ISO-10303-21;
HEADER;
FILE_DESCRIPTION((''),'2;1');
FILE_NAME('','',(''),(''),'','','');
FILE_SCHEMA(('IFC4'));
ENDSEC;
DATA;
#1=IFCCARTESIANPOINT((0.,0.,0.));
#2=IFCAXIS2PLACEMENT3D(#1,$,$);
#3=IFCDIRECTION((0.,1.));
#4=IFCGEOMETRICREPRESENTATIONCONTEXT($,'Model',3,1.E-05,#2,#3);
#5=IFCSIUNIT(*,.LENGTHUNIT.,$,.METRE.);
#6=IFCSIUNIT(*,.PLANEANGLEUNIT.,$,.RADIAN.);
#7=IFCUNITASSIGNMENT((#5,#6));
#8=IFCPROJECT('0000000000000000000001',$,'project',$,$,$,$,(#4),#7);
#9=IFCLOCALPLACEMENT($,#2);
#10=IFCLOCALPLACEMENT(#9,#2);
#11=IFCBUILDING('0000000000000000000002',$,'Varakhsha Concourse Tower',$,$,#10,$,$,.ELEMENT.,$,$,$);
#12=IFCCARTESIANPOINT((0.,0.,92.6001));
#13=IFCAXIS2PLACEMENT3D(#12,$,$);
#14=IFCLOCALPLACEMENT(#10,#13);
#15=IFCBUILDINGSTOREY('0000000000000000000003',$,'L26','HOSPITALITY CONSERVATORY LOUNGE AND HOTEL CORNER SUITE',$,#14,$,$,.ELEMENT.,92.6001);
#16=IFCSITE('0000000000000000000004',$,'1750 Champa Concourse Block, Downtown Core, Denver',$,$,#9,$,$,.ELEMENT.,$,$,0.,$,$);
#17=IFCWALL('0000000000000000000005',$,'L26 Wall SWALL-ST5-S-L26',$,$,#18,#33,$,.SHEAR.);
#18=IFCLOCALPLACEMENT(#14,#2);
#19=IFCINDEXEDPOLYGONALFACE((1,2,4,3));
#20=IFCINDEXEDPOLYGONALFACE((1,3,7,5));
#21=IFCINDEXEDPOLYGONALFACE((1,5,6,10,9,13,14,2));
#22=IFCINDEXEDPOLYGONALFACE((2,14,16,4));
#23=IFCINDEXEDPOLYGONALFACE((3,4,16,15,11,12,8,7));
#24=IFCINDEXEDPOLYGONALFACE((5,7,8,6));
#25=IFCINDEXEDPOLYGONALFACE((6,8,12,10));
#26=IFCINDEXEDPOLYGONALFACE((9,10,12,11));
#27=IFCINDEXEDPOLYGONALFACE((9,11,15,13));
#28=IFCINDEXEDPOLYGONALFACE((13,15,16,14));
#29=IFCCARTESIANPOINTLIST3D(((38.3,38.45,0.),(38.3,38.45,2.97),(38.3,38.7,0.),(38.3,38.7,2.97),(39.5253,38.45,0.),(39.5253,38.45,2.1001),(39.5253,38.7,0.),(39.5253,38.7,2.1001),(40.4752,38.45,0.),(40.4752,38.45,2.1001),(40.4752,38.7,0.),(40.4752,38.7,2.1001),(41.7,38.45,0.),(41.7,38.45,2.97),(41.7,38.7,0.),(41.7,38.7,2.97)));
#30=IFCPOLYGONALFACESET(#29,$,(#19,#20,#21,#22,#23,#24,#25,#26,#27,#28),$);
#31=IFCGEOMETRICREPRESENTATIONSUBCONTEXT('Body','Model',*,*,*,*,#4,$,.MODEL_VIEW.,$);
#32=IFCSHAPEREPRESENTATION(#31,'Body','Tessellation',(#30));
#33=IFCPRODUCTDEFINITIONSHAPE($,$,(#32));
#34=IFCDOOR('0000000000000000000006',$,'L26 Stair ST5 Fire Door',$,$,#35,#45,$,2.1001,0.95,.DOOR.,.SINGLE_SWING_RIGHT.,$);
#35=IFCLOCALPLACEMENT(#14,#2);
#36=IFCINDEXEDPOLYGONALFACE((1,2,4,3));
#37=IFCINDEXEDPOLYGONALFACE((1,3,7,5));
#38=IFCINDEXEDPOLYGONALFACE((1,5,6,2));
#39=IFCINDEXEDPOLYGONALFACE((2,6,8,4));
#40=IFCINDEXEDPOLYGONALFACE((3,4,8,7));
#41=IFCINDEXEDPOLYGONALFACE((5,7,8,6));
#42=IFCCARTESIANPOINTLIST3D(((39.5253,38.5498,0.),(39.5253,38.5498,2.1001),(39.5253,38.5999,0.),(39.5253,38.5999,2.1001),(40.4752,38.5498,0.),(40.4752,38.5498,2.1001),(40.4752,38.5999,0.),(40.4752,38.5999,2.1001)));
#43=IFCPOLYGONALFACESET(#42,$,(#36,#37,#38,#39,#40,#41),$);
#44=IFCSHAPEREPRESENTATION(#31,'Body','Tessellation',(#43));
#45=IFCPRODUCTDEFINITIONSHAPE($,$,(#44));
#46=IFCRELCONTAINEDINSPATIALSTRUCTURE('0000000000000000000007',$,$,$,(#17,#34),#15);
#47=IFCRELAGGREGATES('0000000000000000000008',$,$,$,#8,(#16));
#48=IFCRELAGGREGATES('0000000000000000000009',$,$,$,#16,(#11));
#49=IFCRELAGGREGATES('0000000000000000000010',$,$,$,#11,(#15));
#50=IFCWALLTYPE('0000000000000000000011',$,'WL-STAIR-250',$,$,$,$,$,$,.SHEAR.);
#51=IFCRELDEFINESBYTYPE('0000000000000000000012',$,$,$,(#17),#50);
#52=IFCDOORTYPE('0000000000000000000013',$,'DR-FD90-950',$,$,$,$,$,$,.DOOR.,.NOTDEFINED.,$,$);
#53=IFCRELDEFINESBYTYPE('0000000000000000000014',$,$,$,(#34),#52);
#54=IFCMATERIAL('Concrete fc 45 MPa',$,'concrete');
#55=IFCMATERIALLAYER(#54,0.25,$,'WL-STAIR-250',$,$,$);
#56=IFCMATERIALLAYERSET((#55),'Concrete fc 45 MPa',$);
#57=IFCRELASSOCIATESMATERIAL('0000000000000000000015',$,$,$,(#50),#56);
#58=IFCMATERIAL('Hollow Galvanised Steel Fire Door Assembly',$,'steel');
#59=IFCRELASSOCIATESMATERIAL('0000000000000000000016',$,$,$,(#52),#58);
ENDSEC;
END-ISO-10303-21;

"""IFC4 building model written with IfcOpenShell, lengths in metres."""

from ifc_helpers import new_model, si_unit, direction, frame, frame_2d, origin, place, context, subcontext, project, spatial, rectangle, extrude, material, layer, layer_set, type_object, element, fill, save


model = new_model("IFC4")

# Units and contexts
model_context = context("Model", 3, precision=1e-05, world=origin(), true_north=direction((0.0, 1.0)))
body_context = subcontext(model_context, "Body", "Model", "MODEL_VIEW")
ifc_project = project(units=[si_unit("LENGTHUNIT", "METRE"), si_unit("PLANEANGLEUNIT", "RADIAN")], contexts=[model_context])

# Site, building, storey
site_placement = place(None, origin())
site = spatial("IfcSite", under=ifc_project, at=site_placement, Name="1750 Champa Concourse Block, Downtown Core, Denver", CompositionType="ELEMENT", RefElevation=0.0)
building_placement = place(site_placement, origin())
building = spatial("IfcBuilding", under=site, at=building_placement, Name="Varakhsha Concourse Tower", CompositionType="ELEMENT")
storey_placement = place(building_placement, frame((0.0, 0.0, 92.6001)))
storey = spatial("IfcBuildingStorey", under=building, at=storey_placement, Name="L26", Description="HOSPITALITY CONSERVATORY LOUNGE AND HOTEL CORNER SUITE", CompositionType="ELEMENT", Elevation=92.6001)

# Shared definitions
ifc_material_1 = material(Name="Hollow Galvanised Steel Fire Door Assembly", Category="steel")

# Shared definitions
ifc_material_2 = material(Name="Concrete fc 45 MPa", Category="concrete")
ifc_layer_1 = layer(ifc_material_2, 0.25, Name="WL-STAIR-250")
ifc_layer_set_1 = layer_set([ifc_layer_1], Name="Concrete fc 45 MPa")
wall_type_1 = type_object("IfcWallType", Name="WL-STAIR-250", PredefinedType="SHEAR", material=ifc_layer_set_1)

# Wall, opening, door
wall_1_placement = place(storey_placement, frame((38.3, 38.575, 0.0), z_axis=(0.0, 0.0, 1.0), x_axis=(1.0, 0.0, 0.0)))
wall_1 = element("IfcWall", 1, at=wall_1_placement, inside=storey, type_object=wall_type_1, Name="L26 Wall SWALL-ST5-S-L26", PredefinedType="SHEAR", context=body_context, shape_type="SweptSolid", body=[
    extrude(rectangle(XDim=3.3999, YDim=0.25, at=frame_2d((1.7, 0.0))), origin(), (0.0, 0.0, 1.0), 2.97),
])
opening_1_placement = place(wall_1_placement, frame((1.2251, 0.0, 0.0)))
opening_1 = element("IfcOpeningElement", 2, at=opening_1_placement, cuts=wall_1, PredefinedType="OPENING", context=body_context, shape_type="SweptSolid", body=[
    extrude(rectangle(XDim=0.95, YDim=2.1001, at=frame_2d((0.4751, 1.05))), frame((0.0, 0.135, 0.0), z_axis=(0.0, -1.0, 0.0), x_axis=(1.0, 0.0, 0.0)), (0.0, 0.0, 1.0), 0.27),
])
door_type_1 = type_object("IfcDoorType", Name="DR-FD90-950", OperationType="NOTDEFINED", PredefinedType="DOOR", material=ifc_material_1)
door_1_placement = place(opening_1_placement, origin())
door_1 = element("IfcDoor", 3, at=door_1_placement, inside=storey, type_object=door_type_1, Name="L26 Stair ST5 Fire Door", OperationType="SINGLE_SWING_RIGHT", OverallHeight=2.1001, OverallWidth=0.95, PredefinedType="DOOR", context=body_context, shape_type="SweptSolid", body=[
    extrude(rectangle(XDim=0.95, YDim=2.1001, at=frame_2d((0.4751, 1.05))), frame((0.0, 0.0249, 0.0), z_axis=(0.0, -1.0, 0.0), x_axis=(1.0, 0.0, 0.0)), (0.0, 0.0, 1.0), 0.05),
])
fill(opening_1, door_1)

save(model, "model.ifc")
